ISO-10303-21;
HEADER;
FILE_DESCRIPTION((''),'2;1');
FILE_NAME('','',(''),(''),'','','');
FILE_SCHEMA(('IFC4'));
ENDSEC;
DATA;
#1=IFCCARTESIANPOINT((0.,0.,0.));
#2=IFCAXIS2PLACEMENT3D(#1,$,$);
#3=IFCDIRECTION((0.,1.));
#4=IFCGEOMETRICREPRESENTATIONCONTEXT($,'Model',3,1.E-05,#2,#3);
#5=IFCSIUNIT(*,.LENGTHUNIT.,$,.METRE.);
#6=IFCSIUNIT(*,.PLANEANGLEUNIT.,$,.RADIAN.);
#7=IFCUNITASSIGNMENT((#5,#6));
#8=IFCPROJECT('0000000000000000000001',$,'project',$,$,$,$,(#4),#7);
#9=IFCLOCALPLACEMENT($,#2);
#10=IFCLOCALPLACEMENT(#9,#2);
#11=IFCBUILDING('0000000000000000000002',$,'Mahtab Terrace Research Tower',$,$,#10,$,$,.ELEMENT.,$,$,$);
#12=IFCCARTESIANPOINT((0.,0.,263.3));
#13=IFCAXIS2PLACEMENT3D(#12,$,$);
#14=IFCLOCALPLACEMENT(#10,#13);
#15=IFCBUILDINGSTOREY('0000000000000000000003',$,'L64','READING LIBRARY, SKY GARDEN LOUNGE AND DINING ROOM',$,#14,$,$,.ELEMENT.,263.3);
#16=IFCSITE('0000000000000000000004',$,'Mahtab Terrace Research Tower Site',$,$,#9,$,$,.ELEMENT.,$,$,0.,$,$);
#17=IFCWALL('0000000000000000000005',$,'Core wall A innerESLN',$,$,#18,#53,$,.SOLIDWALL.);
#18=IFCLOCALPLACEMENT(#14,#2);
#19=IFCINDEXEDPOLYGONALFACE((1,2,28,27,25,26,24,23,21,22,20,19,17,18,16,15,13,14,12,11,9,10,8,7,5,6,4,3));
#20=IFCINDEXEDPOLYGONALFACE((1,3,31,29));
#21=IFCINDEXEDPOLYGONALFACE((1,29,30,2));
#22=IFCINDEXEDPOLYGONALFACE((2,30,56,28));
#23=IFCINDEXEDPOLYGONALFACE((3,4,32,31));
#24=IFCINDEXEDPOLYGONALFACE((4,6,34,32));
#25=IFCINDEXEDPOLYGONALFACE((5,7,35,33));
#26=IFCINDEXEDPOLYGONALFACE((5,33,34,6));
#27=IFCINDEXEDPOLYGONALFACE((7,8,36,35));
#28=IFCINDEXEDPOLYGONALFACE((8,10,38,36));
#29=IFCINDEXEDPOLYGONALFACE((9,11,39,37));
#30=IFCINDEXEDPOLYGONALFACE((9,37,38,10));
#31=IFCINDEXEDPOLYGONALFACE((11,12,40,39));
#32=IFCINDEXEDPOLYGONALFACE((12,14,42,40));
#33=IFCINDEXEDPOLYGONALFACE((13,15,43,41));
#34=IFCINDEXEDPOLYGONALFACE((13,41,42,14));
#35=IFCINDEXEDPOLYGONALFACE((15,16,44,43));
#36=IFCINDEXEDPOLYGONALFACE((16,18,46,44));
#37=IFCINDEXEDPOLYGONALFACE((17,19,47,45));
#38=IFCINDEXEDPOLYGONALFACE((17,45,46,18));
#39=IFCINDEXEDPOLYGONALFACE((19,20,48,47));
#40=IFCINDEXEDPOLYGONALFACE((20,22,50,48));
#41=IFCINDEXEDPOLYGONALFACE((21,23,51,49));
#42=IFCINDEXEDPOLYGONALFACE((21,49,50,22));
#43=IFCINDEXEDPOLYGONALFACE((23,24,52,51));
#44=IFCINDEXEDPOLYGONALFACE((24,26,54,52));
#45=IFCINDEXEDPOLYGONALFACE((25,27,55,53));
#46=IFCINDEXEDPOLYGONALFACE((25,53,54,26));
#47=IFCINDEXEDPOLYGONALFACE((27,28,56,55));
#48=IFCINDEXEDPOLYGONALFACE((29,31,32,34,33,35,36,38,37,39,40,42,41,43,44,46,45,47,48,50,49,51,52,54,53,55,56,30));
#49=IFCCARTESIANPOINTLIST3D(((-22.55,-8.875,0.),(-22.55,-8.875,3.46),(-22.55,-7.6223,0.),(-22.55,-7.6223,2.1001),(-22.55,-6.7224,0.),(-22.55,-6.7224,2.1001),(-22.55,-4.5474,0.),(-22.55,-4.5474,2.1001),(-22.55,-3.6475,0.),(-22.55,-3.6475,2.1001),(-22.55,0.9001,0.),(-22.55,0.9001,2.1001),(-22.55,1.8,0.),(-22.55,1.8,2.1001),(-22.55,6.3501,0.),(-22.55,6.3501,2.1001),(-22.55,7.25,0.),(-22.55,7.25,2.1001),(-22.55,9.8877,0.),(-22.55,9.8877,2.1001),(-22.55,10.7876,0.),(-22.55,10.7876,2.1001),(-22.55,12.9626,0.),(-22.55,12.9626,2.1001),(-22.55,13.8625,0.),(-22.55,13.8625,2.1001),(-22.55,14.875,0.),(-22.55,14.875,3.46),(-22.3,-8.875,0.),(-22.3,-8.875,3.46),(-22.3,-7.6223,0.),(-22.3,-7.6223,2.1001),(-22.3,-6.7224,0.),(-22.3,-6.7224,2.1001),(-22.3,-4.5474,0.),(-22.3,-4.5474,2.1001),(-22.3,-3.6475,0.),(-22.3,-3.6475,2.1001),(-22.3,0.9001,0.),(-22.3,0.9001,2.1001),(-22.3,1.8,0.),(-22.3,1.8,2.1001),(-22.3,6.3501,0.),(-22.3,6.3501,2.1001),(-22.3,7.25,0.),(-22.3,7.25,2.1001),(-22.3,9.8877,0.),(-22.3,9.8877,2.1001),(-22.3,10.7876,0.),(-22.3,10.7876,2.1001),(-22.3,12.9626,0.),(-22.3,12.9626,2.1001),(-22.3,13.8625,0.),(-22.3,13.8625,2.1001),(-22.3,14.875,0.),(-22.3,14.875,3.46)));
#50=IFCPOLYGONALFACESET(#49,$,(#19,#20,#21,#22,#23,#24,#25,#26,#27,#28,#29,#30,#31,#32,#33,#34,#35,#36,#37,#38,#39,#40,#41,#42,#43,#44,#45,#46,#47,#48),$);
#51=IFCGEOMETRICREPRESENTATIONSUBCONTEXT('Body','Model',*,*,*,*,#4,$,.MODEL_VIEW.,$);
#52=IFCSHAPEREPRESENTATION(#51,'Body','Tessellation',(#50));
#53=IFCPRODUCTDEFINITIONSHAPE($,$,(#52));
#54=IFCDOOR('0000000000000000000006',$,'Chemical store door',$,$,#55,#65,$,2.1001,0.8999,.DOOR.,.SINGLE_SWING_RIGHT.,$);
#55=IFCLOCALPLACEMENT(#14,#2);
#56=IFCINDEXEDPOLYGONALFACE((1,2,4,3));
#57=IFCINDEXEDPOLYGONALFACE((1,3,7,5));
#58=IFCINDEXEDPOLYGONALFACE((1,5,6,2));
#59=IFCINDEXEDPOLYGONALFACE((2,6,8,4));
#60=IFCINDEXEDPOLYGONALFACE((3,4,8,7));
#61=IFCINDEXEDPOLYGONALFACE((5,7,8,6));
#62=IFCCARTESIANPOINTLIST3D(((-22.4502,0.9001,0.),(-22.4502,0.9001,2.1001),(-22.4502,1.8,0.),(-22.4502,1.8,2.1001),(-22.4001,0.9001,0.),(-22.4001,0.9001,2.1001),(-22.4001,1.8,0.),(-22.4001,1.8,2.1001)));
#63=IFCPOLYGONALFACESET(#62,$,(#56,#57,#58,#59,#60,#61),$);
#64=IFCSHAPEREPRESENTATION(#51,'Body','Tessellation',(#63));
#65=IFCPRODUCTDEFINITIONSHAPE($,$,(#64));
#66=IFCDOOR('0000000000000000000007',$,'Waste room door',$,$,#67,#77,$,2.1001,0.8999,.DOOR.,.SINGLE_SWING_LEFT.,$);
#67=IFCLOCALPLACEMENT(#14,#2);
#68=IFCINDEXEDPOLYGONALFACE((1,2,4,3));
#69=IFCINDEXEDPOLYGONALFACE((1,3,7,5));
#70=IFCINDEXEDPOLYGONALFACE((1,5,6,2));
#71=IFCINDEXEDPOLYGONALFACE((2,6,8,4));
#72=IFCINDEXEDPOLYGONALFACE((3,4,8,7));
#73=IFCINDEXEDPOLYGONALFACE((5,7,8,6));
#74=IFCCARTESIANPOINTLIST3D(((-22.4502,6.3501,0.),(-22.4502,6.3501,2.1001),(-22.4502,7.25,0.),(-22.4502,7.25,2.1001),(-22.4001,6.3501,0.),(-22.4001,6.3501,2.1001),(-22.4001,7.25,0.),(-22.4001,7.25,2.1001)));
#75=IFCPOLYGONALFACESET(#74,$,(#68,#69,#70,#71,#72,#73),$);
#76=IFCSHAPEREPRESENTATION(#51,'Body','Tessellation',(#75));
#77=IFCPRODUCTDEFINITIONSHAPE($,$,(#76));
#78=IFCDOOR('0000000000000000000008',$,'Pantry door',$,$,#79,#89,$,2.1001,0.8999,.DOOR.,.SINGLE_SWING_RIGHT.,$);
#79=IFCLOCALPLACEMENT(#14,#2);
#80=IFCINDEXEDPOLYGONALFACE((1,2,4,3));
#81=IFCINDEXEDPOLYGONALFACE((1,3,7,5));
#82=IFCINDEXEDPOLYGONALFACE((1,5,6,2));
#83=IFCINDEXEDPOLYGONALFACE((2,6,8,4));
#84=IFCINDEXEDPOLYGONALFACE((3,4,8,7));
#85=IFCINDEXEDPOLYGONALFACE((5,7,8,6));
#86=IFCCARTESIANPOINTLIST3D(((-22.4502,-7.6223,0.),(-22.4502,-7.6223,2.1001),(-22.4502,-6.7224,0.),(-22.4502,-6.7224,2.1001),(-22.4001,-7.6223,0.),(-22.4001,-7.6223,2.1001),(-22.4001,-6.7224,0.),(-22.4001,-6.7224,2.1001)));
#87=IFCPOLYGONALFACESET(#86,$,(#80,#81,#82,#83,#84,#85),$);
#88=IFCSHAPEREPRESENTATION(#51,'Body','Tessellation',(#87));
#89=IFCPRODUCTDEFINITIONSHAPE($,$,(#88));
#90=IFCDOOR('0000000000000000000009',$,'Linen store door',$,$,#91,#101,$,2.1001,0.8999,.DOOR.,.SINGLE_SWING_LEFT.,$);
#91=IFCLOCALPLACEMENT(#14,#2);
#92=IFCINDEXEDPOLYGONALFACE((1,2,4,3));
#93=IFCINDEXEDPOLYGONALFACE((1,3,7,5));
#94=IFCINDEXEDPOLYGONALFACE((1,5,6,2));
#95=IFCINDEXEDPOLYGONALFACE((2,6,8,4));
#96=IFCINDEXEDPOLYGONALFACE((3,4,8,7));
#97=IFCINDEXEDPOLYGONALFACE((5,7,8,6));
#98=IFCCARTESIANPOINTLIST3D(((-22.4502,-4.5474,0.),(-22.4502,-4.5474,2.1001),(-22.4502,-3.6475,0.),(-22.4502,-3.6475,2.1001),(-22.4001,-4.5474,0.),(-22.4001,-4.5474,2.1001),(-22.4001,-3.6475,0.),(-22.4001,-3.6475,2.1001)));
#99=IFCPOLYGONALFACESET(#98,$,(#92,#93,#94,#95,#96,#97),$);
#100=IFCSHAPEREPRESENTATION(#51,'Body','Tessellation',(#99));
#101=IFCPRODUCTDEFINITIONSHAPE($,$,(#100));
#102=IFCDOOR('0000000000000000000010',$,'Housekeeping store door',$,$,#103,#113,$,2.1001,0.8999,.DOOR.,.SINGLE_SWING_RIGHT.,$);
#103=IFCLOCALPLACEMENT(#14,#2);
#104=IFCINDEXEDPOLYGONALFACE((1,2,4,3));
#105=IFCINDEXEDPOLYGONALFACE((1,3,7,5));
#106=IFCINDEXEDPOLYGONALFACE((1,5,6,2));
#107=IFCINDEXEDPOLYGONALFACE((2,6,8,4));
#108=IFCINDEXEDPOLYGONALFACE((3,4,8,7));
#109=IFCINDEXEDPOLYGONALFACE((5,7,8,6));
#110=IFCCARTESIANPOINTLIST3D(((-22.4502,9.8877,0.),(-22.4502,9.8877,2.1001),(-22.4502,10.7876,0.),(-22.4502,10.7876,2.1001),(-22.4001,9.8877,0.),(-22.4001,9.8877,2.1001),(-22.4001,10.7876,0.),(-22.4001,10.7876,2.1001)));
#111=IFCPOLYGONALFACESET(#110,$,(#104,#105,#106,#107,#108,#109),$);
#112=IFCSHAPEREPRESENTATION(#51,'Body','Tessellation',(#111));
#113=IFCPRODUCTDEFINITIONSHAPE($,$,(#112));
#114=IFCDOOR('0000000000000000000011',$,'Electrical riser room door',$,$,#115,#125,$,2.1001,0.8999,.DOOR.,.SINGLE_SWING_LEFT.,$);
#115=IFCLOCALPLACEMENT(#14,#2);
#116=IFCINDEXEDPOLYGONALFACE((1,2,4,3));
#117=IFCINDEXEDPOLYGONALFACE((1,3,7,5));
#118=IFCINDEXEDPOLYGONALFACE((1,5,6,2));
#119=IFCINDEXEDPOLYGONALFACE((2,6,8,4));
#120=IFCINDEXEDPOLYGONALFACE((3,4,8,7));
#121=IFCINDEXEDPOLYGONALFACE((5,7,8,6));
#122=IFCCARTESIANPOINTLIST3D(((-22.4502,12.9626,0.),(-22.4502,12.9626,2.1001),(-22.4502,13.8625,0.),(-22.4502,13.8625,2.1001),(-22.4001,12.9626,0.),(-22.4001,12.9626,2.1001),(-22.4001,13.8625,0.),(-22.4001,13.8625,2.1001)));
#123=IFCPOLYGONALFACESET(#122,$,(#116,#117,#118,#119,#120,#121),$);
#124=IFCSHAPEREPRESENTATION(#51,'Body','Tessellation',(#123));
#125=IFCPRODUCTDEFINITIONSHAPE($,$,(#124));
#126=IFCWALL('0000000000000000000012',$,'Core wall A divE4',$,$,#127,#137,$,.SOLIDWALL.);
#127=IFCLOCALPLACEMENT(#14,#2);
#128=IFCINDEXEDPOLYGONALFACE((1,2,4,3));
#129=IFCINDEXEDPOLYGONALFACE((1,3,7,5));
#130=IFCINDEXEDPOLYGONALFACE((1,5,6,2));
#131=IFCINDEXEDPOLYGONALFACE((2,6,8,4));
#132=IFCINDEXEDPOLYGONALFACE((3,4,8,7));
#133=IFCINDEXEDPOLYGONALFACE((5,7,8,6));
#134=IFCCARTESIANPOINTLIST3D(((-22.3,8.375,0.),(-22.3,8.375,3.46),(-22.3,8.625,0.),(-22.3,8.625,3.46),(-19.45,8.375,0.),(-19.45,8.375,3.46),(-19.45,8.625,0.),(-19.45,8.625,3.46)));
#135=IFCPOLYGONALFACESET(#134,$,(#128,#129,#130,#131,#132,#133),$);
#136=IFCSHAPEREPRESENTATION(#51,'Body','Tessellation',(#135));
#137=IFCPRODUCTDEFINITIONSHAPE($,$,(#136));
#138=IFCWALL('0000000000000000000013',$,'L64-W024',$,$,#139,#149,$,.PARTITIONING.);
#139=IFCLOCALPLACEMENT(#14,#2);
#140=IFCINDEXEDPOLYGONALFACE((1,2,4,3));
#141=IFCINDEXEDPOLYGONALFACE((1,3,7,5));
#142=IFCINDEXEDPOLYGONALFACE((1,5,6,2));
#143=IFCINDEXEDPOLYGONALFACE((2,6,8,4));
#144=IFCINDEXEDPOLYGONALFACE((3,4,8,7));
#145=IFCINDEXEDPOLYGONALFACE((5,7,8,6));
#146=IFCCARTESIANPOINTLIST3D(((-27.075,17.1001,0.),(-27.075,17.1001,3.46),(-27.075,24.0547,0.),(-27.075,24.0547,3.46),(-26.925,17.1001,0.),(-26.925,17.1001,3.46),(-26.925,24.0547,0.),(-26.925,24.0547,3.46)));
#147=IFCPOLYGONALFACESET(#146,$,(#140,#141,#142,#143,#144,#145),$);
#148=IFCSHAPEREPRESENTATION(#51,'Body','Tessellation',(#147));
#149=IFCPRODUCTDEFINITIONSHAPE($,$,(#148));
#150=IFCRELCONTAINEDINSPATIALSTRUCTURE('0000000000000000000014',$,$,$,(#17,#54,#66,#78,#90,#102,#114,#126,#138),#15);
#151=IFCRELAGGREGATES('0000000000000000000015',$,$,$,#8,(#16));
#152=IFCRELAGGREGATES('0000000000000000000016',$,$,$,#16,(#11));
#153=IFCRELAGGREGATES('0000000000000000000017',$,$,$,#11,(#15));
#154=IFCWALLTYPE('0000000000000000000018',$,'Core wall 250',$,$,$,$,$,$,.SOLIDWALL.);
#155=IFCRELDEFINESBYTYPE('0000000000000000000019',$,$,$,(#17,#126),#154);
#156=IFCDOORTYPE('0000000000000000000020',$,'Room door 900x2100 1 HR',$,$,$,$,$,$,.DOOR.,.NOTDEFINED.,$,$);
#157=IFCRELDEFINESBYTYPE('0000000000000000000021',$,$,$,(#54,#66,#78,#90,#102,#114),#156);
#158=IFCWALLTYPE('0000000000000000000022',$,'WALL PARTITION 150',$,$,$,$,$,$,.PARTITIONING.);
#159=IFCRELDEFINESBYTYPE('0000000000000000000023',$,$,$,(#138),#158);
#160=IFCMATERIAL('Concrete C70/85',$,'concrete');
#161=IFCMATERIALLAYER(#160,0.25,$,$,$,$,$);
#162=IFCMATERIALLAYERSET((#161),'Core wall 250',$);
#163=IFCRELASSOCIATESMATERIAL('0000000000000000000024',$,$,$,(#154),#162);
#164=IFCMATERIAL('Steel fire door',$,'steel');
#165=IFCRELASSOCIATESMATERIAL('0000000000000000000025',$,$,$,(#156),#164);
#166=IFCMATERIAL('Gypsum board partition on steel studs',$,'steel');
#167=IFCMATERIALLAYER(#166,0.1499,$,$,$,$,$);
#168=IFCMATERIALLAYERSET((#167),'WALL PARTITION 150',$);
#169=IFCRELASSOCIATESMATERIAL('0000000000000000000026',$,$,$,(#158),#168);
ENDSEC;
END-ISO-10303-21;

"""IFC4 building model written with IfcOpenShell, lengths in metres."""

from ifc_helpers import new_model, si_unit, direction, frame, frame_2d, origin, place, context, subcontext, project, spatial, rectangle, extrude, material, layer, layer_set, type_object, element, fill, save


model = new_model("IFC4")

# Units and contexts
model_context = context("Model", 3, precision=1e-05, world=origin(), true_north=direction((0.0, 1.0)))
body_context = subcontext(model_context, "Body", "Model", "MODEL_VIEW")
ifc_project = project(units=[si_unit("LENGTHUNIT", "METRE"), si_unit("PLANEANGLEUNIT", "RADIAN")], contexts=[model_context])

# Site, building, storey
site_placement = place(None, origin())
site = spatial("IfcSite", under=ifc_project, at=site_placement, Name="Mahtab Terrace Research Tower Site", CompositionType="ELEMENT", RefElevation=0.0)
building_placement = place(site_placement, origin())
building = spatial("IfcBuilding", under=site, at=building_placement, Name="Mahtab Terrace Research Tower", CompositionType="ELEMENT")
storey_placement = place(building_placement, frame((0.0, 0.0, 263.3)))
storey = spatial("IfcBuildingStorey", under=building, at=storey_placement, Name="L64", Description="READING LIBRARY, SKY GARDEN LOUNGE AND DINING ROOM", CompositionType="ELEMENT", Elevation=263.3)

# Shared definitions
ifc_material_1 = material(Name="Concrete C70/85", Category="concrete")
ifc_layer_1 = layer(ifc_material_1, 0.25)
ifc_layer_set_1 = layer_set([ifc_layer_1], Name="Core wall 250")
wall_type_1 = type_object("IfcWallType", Name="Core wall 250", PredefinedType="SOLIDWALL", material=ifc_layer_set_1)
ifc_material_2 = material(Name="Steel fire door", Category="steel")

# Wall, openings, doors
wall_1_placement = place(storey_placement, frame((-22.425, 14.875, 0.0), z_axis=(0.0, 0.0, 1.0), x_axis=(0.0, -1.0, 0.0)))
wall_1 = element("IfcWall", 1, at=wall_1_placement, inside=storey, type_object=wall_type_1, Name="Core wall A innerESLN", PredefinedType="SOLIDWALL", context=body_context, shape_type="SweptSolid", body=[
    extrude(rectangle(XDim=23.75, YDim=0.25, at=frame_2d((11.875, 0.0))), origin(), (0.0, 0.0, 1.0), 3.46),
])
opening_1_placement = place(wall_1_placement, frame((13.075, 0.0, 0.0)))
opening_1 = element("IfcOpeningElement", 2, at=opening_1_placement, cuts=wall_1, PredefinedType="OPENING", context=body_context, shape_type="SweptSolid", body=[
    extrude(rectangle(XDim=0.8999, YDim=2.1001, at=frame_2d((0.45, 1.05))), frame((0.0, 0.135, 0.0), z_axis=(0.0, -1.0, 0.0), x_axis=(1.0, 0.0, 0.0)), (0.0, 0.0, 1.0), 0.27),
])
opening_2_placement = place(wall_1_placement, frame((7.625, 0.0, 0.0)))
opening_2 = element("IfcOpeningElement", 3, at=opening_2_placement, cuts=wall_1, PredefinedType="OPENING", context=body_context, shape_type="SweptSolid", body=[
    extrude(rectangle(XDim=0.8999, YDim=2.1001, at=frame_2d((0.45, 1.05))), frame((0.0, 0.135, 0.0), z_axis=(0.0, -1.0, 0.0), x_axis=(1.0, 0.0, 0.0)), (0.0, 0.0, 1.0), 0.27),
])
opening_3_placement = place(wall_1_placement, frame((21.5974, 0.0, 0.0)))
opening_3 = element("IfcOpeningElement", 4, at=opening_3_placement, cuts=wall_1, PredefinedType="OPENING", context=body_context, shape_type="SweptSolid", body=[
    extrude(rectangle(XDim=0.8999, YDim=2.1001, at=frame_2d((0.45, 1.05))), frame((0.0, 0.135, 0.0), z_axis=(0.0, -1.0, 0.0), x_axis=(1.0, 0.0, 0.0)), (0.0, 0.0, 1.0), 0.27),
])
opening_4_placement = place(wall_1_placement, frame((18.5225, 0.0, 0.0)))
opening_4 = element("IfcOpeningElement", 5, at=opening_4_placement, cuts=wall_1, PredefinedType="OPENING", context=body_context, shape_type="SweptSolid", body=[
    extrude(rectangle(XDim=0.8999, YDim=2.1001, at=frame_2d((0.45, 1.05))), frame((0.0, 0.135, 0.0), z_axis=(0.0, -1.0, 0.0), x_axis=(1.0, 0.0, 0.0)), (0.0, 0.0, 1.0), 0.27),
])
opening_5_placement = place(wall_1_placement, frame((4.0874, 0.0, 0.0)))
opening_5 = element("IfcOpeningElement", 6, at=opening_5_placement, cuts=wall_1, PredefinedType="OPENING", context=body_context, shape_type="SweptSolid", body=[
    extrude(rectangle(XDim=0.8999, YDim=2.1001, at=frame_2d((0.45, 1.05))), frame((0.0, 0.135, 0.0), z_axis=(0.0, -1.0, 0.0), x_axis=(1.0, 0.0, 0.0)), (0.0, 0.0, 1.0), 0.27),
])
opening_6_placement = place(wall_1_placement, frame((1.0125, 0.0, 0.0)))
opening_6 = element("IfcOpeningElement", 7, at=opening_6_placement, cuts=wall_1, PredefinedType="OPENING", context=body_context, shape_type="SweptSolid", body=[
    extrude(rectangle(XDim=0.8999, YDim=2.1001, at=frame_2d((0.45, 1.05))), frame((0.0, 0.135, 0.0), z_axis=(0.0, -1.0, 0.0), x_axis=(1.0, 0.0, 0.0)), (0.0, 0.0, 1.0), 0.27),
])
door_type_1 = type_object("IfcDoorType", Name="Room door 900x2100 1 HR", OperationType="NOTDEFINED", PredefinedType="DOOR", material=ifc_material_2)
door_1_placement = place(opening_1_placement, origin())
door_1 = element("IfcDoor", 8, at=door_1_placement, inside=storey, type_object=door_type_1, Name="Chemical store door", OperationType="SINGLE_SWING_RIGHT", OverallHeight=2.1001, OverallWidth=0.8999, PredefinedType="DOOR", context=body_context, shape_type="SweptSolid", body=[
    extrude(rectangle(XDim=0.8999, YDim=2.1001, at=frame_2d((0.45, 1.05))), frame((0.0, 0.0249, 0.0), z_axis=(0.0, -1.0, 0.0), x_axis=(1.0, 0.0, 0.0)), (0.0, 0.0, 1.0), 0.05),
])
fill(opening_1, door_1)
door_2_placement = place(opening_2_placement, origin())
door_2 = element("IfcDoor", 9, at=door_2_placement, inside=storey, type_object=door_type_1, Name="Waste room door", OperationType="SINGLE_SWING_LEFT", OverallHeight=2.1001, OverallWidth=0.8999, PredefinedType="DOOR", context=body_context, shape_type="SweptSolid", body=[
    extrude(rectangle(XDim=0.8999, YDim=2.1001, at=frame_2d((0.45, 1.05))), frame((0.0, 0.0249, 0.0), z_axis=(0.0, -1.0, 0.0), x_axis=(1.0, 0.0, 0.0)), (0.0, 0.0, 1.0), 0.05),
])
fill(opening_2, door_2)
door_3_placement = place(opening_3_placement, origin())
door_3 = element("IfcDoor", 10, at=door_3_placement, inside=storey, type_object=door_type_1, Name="Pantry door", OperationType="SINGLE_SWING_RIGHT", OverallHeight=2.1001, OverallWidth=0.8999, PredefinedType="DOOR", context=body_context, shape_type="SweptSolid", body=[
    extrude(rectangle(XDim=0.8999, YDim=2.1001, at=frame_2d((0.45, 1.05))), frame((0.0, 0.0249, 0.0), z_axis=(0.0, -1.0, 0.0), x_axis=(1.0, 0.0, 0.0)), (0.0, 0.0, 1.0), 0.05),
])
fill(opening_3, door_3)
door_4_placement = place(opening_4_placement, origin())
door_4 = element("IfcDoor", 11, at=door_4_placement, inside=storey, type_object=door_type_1, Name="Linen store door", OperationType="SINGLE_SWING_LEFT", OverallHeight=2.1001, OverallWidth=0.8999, PredefinedType="DOOR", context=body_context, shape_type="SweptSolid", body=[
    extrude(rectangle(XDim=0.8999, YDim=2.1001, at=frame_2d((0.45, 1.05))), frame((0.0, 0.0249, 0.0), z_axis=(0.0, -1.0, 0.0), x_axis=(1.0, 0.0, 0.0)), (0.0, 0.0, 1.0), 0.05),
])
fill(opening_4, door_4)
door_5_placement = place(opening_5_placement, origin())
door_5 = element("IfcDoor", 12, at=door_5_placement, inside=storey, type_object=door_type_1, Name="Housekeeping store door", OperationType="SINGLE_SWING_RIGHT", OverallHeight=2.1001, OverallWidth=0.8999, PredefinedType="DOOR", context=body_context, shape_type="SweptSolid", body=[
    extrude(rectangle(XDim=0.8999, YDim=2.1001, at=frame_2d((0.45, 1.05))), frame((0.0, 0.0249, 0.0), z_axis=(0.0, -1.0, 0.0), x_axis=(1.0, 0.0, 0.0)), (0.0, 0.0, 1.0), 0.05),
])
fill(opening_5, door_5)
door_6_placement = place(opening_6_placement, origin())
door_6 = element("IfcDoor", 13, at=door_6_placement, inside=storey, type_object=door_type_1, Name="Electrical riser room door", OperationType="SINGLE_SWING_LEFT", OverallHeight=2.1001, OverallWidth=0.8999, PredefinedType="DOOR", context=body_context, shape_type="SweptSolid", body=[
    extrude(rectangle(XDim=0.8999, YDim=2.1001, at=frame_2d((0.45, 1.05))), frame((0.0, 0.0249, 0.0), z_axis=(0.0, -1.0, 0.0), x_axis=(1.0, 0.0, 0.0)), (0.0, 0.0, 1.0), 0.05),
])
fill(opening_6, door_6)

# Walls
wall_2_placement = place(storey_placement, frame((-22.3, 8.5, 0.0), z_axis=(0.0, 0.0, 1.0), x_axis=(1.0, 0.0, 0.0)))
element("IfcWall", 14, at=wall_2_placement, inside=storey, type_object=wall_type_1, Name="Core wall A divE4", PredefinedType="SOLIDWALL", context=body_context, shape_type="SweptSolid", body=[
    extrude(rectangle(XDim=2.8501, YDim=0.25, at=frame_2d((1.425, 0.0))), origin(), (0.0, 0.0, 1.0), 3.46),
])
ifc_material_3 = material(Name="Gypsum board partition on steel studs", Category="steel")
ifc_layer_2 = layer(ifc_material_3, 0.1499)
ifc_layer_set_2 = layer_set([ifc_layer_2], Name="WALL PARTITION 150")
wall_type_2 = type_object("IfcWallType", Name="WALL PARTITION 150", PredefinedType="PARTITIONING", material=ifc_layer_set_2)
wall_3_placement = place(storey_placement, frame((-27.0, 17.1001, 0.0), z_axis=(0.0, 0.0, 1.0), x_axis=(0.0, 1.0, 0.0)))
element("IfcWall", 15, at=wall_3_placement, inside=storey, type_object=wall_type_2, Name="L64-W024", PredefinedType="PARTITIONING", context=body_context, shape_type="SweptSolid", body=[
    extrude(rectangle(XDim=6.9546, YDim=0.1499, at=frame_2d((3.4773, 0.0))), origin(), (0.0, 0.0, 1.0), 3.46),
])

save(model, "model.ifc")
